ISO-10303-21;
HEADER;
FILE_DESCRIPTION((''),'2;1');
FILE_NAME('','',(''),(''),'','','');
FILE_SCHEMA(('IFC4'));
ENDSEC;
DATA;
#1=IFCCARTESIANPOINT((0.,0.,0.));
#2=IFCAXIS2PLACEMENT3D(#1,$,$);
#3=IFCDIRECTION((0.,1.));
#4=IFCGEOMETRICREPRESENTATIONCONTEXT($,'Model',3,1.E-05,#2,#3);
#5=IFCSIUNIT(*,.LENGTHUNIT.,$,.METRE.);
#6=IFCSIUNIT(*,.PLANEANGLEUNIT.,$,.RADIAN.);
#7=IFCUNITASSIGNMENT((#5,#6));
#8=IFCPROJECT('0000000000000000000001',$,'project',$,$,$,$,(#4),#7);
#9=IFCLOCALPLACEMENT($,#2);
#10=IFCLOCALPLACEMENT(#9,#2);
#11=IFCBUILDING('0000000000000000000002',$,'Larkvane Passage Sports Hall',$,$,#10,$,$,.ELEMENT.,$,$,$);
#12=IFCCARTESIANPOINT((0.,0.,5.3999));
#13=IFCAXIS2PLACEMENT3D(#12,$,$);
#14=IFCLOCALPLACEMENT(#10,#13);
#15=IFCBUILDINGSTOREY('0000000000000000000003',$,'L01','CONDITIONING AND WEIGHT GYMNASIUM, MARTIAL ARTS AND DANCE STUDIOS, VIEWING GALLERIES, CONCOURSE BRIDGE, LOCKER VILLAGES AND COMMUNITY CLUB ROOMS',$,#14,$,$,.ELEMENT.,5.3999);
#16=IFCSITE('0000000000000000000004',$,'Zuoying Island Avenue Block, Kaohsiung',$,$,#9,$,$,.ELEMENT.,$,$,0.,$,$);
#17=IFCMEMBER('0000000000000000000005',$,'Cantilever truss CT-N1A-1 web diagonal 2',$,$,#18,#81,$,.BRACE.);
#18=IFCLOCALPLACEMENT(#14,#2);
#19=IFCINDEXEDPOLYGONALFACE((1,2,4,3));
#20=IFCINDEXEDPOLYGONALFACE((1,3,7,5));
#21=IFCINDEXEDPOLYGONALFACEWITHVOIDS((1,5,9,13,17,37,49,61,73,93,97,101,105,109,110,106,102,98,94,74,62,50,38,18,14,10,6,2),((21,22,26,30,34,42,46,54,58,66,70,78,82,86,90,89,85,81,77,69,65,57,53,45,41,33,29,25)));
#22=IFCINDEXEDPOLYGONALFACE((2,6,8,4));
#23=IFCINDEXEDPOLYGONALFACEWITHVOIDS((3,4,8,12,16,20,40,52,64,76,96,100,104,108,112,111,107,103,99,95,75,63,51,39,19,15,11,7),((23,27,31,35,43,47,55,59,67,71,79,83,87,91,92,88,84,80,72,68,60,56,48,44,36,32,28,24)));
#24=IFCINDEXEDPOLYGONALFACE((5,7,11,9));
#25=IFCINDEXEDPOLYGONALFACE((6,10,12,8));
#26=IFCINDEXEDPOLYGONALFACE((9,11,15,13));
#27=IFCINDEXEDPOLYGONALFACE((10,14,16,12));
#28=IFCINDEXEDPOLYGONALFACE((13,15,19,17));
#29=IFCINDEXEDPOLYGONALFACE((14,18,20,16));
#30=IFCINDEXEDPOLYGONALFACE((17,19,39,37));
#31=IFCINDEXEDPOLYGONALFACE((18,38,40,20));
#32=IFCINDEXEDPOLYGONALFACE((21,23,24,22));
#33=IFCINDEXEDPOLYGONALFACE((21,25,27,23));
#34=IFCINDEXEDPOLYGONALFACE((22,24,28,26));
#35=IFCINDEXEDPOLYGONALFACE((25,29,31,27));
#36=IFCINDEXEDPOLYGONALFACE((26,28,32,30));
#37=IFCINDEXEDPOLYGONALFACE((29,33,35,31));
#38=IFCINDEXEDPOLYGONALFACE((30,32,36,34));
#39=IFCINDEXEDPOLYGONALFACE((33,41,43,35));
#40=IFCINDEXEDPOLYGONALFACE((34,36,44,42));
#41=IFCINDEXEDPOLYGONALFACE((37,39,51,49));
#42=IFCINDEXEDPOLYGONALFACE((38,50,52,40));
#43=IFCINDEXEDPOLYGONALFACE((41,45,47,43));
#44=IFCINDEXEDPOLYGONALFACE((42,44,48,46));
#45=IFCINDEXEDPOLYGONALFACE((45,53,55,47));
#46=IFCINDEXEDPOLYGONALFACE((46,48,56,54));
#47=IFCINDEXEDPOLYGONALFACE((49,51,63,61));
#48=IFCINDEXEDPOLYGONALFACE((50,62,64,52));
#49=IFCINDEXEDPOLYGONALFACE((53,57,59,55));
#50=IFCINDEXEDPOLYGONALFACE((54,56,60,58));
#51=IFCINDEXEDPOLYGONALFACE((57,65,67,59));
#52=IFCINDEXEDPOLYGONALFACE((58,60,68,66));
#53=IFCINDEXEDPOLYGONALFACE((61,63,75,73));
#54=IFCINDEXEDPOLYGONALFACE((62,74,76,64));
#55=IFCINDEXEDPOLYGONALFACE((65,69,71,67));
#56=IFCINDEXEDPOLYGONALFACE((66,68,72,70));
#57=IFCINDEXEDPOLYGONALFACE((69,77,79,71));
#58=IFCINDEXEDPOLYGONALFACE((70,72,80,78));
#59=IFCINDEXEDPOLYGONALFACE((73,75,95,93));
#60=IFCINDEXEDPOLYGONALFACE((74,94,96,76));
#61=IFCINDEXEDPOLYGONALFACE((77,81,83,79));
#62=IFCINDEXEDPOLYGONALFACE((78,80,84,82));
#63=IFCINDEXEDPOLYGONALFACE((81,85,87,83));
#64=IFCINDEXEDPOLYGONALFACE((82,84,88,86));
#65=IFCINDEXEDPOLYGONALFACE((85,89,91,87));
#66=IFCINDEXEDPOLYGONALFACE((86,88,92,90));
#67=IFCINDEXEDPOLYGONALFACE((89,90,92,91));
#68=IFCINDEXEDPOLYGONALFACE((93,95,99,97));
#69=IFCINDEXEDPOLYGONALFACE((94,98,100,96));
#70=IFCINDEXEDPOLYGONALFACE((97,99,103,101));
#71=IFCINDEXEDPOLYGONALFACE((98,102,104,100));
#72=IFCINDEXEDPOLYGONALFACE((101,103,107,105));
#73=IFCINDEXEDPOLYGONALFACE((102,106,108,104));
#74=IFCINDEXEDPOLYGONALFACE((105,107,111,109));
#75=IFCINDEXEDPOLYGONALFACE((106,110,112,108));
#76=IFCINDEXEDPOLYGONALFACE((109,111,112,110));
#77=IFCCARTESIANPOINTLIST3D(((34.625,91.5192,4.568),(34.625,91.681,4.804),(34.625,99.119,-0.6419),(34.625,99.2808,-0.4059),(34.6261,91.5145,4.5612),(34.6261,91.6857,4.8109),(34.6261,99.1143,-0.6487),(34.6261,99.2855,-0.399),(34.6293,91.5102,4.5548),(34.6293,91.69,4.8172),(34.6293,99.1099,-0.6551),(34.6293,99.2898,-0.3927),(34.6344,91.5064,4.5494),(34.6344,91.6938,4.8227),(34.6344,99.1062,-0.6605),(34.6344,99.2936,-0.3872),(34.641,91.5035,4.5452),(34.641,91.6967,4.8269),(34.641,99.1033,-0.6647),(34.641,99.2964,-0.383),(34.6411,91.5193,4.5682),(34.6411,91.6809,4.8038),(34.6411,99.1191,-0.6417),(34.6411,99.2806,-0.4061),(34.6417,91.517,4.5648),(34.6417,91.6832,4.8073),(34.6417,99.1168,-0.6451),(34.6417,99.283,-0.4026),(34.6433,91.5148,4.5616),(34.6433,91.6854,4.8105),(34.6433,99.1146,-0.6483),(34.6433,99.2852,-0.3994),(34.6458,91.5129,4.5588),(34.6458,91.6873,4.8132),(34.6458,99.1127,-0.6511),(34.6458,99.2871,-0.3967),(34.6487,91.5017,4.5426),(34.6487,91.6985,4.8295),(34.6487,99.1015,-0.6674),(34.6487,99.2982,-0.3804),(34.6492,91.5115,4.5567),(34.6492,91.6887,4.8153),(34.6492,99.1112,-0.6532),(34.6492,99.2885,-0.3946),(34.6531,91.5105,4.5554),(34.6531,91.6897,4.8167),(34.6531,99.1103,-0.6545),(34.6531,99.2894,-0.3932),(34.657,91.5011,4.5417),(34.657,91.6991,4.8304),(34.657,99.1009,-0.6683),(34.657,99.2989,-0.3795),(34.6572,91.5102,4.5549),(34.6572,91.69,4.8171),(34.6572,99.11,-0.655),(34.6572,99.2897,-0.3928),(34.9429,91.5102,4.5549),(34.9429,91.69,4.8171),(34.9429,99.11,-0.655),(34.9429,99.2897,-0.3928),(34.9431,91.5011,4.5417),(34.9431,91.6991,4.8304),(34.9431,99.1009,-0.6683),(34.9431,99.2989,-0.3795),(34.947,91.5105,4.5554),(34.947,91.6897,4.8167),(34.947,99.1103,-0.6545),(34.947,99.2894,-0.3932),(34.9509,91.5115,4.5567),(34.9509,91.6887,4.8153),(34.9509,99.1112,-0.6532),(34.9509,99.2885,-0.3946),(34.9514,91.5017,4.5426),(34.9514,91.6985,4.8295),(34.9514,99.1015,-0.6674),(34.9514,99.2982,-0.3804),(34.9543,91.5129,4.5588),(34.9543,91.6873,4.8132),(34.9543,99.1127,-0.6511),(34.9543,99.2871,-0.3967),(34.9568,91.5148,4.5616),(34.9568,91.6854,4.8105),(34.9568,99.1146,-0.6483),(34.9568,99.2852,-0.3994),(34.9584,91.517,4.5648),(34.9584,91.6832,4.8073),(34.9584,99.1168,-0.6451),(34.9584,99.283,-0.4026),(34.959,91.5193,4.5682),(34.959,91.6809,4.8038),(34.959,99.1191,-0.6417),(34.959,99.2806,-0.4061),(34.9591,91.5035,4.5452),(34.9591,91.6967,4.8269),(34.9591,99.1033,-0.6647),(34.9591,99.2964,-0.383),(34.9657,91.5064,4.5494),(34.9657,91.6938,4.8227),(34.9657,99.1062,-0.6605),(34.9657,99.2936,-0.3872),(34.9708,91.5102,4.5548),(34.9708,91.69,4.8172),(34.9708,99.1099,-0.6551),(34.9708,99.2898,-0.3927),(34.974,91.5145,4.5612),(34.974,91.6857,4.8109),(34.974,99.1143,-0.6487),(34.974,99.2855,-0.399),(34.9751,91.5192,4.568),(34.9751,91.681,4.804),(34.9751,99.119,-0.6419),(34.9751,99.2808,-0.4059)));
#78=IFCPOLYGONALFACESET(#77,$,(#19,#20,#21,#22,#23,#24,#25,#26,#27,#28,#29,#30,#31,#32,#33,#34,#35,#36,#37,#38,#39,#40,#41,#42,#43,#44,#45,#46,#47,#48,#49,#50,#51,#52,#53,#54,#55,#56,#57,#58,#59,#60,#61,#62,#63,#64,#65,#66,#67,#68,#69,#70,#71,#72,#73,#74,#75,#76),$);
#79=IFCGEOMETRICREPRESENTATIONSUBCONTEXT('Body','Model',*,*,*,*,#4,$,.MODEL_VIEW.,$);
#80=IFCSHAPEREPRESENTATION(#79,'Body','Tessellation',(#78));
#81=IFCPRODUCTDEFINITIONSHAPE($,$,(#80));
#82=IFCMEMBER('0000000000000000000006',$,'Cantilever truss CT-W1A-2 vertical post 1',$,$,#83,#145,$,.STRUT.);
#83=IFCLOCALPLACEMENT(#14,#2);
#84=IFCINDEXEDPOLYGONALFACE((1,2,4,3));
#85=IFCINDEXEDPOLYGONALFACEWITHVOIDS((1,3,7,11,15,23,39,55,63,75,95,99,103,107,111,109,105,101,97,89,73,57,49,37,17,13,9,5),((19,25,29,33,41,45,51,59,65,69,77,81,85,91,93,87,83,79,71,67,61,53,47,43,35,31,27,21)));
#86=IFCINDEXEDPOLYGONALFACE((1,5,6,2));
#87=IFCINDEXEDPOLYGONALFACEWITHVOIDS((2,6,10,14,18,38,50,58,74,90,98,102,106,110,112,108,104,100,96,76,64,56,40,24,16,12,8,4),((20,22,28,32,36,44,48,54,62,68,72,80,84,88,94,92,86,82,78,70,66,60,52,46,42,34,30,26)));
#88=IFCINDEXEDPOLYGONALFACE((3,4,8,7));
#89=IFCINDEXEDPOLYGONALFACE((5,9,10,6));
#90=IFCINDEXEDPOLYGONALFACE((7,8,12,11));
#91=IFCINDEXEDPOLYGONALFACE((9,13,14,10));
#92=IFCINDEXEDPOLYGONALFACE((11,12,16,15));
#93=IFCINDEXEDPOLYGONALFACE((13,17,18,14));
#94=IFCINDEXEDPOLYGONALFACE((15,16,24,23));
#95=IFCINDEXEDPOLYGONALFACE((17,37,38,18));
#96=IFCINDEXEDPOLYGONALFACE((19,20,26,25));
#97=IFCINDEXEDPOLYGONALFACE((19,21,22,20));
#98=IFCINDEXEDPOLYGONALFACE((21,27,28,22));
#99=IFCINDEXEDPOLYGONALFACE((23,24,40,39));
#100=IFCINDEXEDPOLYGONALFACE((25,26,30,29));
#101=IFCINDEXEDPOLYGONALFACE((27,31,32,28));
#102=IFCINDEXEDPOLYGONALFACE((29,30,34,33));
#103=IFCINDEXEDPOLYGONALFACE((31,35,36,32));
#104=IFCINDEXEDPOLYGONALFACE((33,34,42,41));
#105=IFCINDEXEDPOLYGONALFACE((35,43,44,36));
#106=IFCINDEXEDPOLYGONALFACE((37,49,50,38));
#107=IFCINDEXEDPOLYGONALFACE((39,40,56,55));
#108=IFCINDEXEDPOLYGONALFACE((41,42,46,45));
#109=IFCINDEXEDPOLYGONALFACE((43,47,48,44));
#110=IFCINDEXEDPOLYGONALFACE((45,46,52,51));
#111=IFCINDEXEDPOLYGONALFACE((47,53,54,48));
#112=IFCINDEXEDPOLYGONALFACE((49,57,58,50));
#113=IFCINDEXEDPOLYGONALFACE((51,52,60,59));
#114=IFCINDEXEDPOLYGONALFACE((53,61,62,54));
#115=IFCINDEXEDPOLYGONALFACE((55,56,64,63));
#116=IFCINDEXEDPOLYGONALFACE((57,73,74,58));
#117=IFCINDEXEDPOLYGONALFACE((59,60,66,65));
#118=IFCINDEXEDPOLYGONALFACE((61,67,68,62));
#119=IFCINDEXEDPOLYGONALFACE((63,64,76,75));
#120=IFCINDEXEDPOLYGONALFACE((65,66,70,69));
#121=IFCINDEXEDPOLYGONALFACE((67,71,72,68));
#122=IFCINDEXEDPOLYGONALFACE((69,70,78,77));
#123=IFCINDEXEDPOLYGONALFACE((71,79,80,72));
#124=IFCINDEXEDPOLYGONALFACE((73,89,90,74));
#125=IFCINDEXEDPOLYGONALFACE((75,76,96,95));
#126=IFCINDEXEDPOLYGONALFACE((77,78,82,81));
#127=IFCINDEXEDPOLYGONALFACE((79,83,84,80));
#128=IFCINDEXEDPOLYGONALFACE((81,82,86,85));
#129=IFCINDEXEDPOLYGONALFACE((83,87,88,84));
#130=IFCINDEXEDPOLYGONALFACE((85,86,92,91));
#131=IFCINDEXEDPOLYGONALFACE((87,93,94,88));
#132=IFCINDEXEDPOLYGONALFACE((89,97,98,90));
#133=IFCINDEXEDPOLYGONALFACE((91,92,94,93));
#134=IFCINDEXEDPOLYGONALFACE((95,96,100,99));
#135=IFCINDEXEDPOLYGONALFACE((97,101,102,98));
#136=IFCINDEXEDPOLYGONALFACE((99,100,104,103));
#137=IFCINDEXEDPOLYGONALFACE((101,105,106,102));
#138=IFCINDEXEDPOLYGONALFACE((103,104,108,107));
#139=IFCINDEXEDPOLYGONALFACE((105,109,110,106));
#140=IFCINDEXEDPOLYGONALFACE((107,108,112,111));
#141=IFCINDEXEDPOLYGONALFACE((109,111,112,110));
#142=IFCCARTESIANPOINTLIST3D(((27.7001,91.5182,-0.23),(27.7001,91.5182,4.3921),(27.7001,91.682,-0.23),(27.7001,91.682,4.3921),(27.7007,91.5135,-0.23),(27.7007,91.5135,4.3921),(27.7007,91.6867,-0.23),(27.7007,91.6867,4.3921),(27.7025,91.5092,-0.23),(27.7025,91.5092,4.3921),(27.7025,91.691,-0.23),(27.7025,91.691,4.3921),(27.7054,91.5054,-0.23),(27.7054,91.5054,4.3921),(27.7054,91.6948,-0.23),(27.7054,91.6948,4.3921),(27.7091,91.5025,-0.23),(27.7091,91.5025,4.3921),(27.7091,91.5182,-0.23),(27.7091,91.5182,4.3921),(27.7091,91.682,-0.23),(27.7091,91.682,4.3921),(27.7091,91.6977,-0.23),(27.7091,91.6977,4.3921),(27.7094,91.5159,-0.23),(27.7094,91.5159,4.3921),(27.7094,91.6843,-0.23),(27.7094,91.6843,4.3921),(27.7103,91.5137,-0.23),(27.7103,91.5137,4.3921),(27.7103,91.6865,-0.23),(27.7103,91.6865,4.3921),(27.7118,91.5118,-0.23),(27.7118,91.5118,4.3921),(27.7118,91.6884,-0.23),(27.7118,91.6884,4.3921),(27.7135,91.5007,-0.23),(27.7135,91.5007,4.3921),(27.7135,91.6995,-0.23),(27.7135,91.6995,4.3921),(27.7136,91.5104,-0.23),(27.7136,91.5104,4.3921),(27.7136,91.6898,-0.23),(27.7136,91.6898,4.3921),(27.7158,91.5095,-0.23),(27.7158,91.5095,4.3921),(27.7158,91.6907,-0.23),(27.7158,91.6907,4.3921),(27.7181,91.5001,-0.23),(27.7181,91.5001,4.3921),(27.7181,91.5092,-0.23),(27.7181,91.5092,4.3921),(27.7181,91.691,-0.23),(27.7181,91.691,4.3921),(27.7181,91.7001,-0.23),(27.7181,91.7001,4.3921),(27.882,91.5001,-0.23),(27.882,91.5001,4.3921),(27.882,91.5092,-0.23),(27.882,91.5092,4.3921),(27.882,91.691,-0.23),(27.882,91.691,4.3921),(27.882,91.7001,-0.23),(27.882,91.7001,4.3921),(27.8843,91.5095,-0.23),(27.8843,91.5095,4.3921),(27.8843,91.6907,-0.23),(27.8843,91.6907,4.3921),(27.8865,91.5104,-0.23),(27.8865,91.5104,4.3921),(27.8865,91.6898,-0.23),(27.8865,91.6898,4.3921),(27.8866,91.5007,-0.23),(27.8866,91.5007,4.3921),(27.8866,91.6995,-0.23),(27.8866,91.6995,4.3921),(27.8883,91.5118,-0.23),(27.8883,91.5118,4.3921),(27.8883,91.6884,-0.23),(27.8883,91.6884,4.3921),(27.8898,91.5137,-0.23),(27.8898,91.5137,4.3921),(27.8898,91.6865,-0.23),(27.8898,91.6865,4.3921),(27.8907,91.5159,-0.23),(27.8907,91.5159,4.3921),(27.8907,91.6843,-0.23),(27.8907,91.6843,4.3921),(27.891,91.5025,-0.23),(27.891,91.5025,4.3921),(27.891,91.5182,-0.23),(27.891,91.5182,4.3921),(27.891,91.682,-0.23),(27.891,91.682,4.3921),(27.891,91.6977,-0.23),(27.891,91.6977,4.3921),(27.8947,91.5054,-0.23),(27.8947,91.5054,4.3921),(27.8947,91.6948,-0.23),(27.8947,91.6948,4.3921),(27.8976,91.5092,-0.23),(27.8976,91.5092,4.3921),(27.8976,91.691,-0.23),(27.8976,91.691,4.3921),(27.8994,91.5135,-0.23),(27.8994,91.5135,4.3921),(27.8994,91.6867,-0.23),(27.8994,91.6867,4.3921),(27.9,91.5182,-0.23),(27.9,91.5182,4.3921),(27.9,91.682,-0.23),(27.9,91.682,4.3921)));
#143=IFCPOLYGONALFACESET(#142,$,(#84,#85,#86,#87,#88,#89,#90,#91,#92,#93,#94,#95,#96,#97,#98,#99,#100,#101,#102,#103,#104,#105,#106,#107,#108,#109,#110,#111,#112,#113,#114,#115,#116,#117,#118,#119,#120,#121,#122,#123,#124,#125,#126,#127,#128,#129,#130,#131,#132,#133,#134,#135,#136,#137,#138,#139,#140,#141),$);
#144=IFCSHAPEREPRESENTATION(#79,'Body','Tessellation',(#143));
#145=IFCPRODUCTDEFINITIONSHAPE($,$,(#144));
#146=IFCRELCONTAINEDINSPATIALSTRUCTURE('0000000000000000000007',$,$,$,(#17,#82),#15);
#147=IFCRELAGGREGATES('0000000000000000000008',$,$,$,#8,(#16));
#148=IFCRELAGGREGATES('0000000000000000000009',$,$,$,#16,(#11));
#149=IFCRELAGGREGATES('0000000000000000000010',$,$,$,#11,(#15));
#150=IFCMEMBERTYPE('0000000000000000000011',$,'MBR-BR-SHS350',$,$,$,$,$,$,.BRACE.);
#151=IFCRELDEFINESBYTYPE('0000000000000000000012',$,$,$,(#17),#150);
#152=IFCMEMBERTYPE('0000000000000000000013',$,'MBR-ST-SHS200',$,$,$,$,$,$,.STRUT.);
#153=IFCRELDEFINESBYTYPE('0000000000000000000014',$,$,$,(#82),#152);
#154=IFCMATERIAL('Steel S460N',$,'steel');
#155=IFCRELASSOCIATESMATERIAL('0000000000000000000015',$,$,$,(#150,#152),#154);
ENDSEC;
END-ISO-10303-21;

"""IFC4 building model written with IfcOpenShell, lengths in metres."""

from ifc_helpers import new_model, si_unit, direction, frame, origin, origin_2d, place, context, subcontext, project, spatial, hollow_rectangle, extrude, material, material_profile, profile_set, type_object, element, save


model = new_model("IFC4")

# Units and contexts
model_context = context("Model", 3, precision=1e-05, world=origin(), true_north=direction((0.0, 1.0)))
body_context = subcontext(model_context, "Body", "Model", "MODEL_VIEW")
ifc_project = project(units=[si_unit("LENGTHUNIT", "METRE"), si_unit("PLANEANGLEUNIT", "RADIAN")], contexts=[model_context])

# Site, building, storey
site_placement = place(None, origin())
site = spatial("IfcSite", under=ifc_project, at=site_placement, Name="Zuoying Island Avenue Block, Kaohsiung", CompositionType="ELEMENT", RefElevation=0.0)
building_placement = place(site_placement, origin())
building = spatial("IfcBuilding", under=site, at=building_placement, Name="Larkvane Passage Sports Hall", CompositionType="ELEMENT")
storey_placement = place(building_placement, frame((0.0, 0.0, 5.3999)))
storey = spatial("IfcBuildingStorey", under=building, at=storey_placement, Name="L01", Description="CONDITIONING AND WEIGHT GYMNASIUM, MARTIAL ARTS AND DANCE STUDIOS, VIEWING GALLERIES, CONCOURSE BRIDGE, LOCKER VILLAGES AND COMMUNITY CLUB ROOMS", CompositionType="ELEMENT", Elevation=5.3999)

# Shared definitions
ifc_material_1 = material(Name="Steel S460N", Category="steel")

# Members
ifc_material_profile_1 = material_profile(ifc_material_1, hollow_rectangle(XDim=0.3501, YDim=0.3501, WallThickness=0.0161, InnerFilletRadius=0.0161, OuterFilletRadius=0.032, at=origin_2d()), Name="SHS-350x350x16")
ifc_profile_set_1 = profile_set([ifc_material_profile_1], Name="Steel S460N")
member_type_1 = type_object("IfcMemberType", Name="MBR-BR-SHS350", PredefinedType="BRACE", material=ifc_profile_set_1)
member_1_placement = place(storey_placement, frame((34.8, 91.6001, 4.686), z_axis=(0.0, 0.824798, -0.565427), x_axis=(-1.0, 0.0, 0.0)))
element("IfcMember", 1, at=member_1_placement, inside=storey, type_object=member_type_1, Name="Cantilever truss CT-N1A-1 web diagonal 2", PredefinedType="BRACE", context=body_context, shape_type="SweptSolid", body=[
    extrude(hollow_rectangle(XDim=0.3501, YDim=0.3501, WallThickness=0.0161, InnerFilletRadius=0.0161, OuterFilletRadius=0.032, at=origin_2d()), origin(), (0.0, 0.0, 1.0), 9.2141),
])
ifc_material_profile_2 = material_profile(ifc_material_1, hollow_rectangle(XDim=0.2, YDim=0.2, WallThickness=0.009, InnerFilletRadius=0.009, OuterFilletRadius=0.0181, at=origin_2d()), Name="SHS-200x200x9")
ifc_profile_set_2 = profile_set([ifc_material_profile_2], Name="Steel S460N")
member_type_2 = type_object("IfcMemberType", Name="MBR-ST-SHS200", PredefinedType="STRUT", material=ifc_profile_set_2)
for number, where, z_axis, x_axis, name in (
    (2, (27.8, 91.6001, -0.23), (0.0, 0.0, 1.0), (1.0, 0.0, 0.0), "Cantilever truss CT-W1A-2 vertical post 1"),
):
    element("IfcMember", number, at=place(storey_placement, frame(where, z_axis=z_axis, x_axis=x_axis)), inside=storey, type_object=member_type_2, Name=name, PredefinedType="STRUT", context=body_context, shape_type="SweptSolid", body=[
        extrude(hollow_rectangle(XDim=0.2, YDim=0.2, WallThickness=0.009, InnerFilletRadius=0.009, OuterFilletRadius=0.0181, at=origin_2d()), origin(), (0.0, 0.0, 1.0), 4.6221),
    ])

save(model, "model.ifc")
